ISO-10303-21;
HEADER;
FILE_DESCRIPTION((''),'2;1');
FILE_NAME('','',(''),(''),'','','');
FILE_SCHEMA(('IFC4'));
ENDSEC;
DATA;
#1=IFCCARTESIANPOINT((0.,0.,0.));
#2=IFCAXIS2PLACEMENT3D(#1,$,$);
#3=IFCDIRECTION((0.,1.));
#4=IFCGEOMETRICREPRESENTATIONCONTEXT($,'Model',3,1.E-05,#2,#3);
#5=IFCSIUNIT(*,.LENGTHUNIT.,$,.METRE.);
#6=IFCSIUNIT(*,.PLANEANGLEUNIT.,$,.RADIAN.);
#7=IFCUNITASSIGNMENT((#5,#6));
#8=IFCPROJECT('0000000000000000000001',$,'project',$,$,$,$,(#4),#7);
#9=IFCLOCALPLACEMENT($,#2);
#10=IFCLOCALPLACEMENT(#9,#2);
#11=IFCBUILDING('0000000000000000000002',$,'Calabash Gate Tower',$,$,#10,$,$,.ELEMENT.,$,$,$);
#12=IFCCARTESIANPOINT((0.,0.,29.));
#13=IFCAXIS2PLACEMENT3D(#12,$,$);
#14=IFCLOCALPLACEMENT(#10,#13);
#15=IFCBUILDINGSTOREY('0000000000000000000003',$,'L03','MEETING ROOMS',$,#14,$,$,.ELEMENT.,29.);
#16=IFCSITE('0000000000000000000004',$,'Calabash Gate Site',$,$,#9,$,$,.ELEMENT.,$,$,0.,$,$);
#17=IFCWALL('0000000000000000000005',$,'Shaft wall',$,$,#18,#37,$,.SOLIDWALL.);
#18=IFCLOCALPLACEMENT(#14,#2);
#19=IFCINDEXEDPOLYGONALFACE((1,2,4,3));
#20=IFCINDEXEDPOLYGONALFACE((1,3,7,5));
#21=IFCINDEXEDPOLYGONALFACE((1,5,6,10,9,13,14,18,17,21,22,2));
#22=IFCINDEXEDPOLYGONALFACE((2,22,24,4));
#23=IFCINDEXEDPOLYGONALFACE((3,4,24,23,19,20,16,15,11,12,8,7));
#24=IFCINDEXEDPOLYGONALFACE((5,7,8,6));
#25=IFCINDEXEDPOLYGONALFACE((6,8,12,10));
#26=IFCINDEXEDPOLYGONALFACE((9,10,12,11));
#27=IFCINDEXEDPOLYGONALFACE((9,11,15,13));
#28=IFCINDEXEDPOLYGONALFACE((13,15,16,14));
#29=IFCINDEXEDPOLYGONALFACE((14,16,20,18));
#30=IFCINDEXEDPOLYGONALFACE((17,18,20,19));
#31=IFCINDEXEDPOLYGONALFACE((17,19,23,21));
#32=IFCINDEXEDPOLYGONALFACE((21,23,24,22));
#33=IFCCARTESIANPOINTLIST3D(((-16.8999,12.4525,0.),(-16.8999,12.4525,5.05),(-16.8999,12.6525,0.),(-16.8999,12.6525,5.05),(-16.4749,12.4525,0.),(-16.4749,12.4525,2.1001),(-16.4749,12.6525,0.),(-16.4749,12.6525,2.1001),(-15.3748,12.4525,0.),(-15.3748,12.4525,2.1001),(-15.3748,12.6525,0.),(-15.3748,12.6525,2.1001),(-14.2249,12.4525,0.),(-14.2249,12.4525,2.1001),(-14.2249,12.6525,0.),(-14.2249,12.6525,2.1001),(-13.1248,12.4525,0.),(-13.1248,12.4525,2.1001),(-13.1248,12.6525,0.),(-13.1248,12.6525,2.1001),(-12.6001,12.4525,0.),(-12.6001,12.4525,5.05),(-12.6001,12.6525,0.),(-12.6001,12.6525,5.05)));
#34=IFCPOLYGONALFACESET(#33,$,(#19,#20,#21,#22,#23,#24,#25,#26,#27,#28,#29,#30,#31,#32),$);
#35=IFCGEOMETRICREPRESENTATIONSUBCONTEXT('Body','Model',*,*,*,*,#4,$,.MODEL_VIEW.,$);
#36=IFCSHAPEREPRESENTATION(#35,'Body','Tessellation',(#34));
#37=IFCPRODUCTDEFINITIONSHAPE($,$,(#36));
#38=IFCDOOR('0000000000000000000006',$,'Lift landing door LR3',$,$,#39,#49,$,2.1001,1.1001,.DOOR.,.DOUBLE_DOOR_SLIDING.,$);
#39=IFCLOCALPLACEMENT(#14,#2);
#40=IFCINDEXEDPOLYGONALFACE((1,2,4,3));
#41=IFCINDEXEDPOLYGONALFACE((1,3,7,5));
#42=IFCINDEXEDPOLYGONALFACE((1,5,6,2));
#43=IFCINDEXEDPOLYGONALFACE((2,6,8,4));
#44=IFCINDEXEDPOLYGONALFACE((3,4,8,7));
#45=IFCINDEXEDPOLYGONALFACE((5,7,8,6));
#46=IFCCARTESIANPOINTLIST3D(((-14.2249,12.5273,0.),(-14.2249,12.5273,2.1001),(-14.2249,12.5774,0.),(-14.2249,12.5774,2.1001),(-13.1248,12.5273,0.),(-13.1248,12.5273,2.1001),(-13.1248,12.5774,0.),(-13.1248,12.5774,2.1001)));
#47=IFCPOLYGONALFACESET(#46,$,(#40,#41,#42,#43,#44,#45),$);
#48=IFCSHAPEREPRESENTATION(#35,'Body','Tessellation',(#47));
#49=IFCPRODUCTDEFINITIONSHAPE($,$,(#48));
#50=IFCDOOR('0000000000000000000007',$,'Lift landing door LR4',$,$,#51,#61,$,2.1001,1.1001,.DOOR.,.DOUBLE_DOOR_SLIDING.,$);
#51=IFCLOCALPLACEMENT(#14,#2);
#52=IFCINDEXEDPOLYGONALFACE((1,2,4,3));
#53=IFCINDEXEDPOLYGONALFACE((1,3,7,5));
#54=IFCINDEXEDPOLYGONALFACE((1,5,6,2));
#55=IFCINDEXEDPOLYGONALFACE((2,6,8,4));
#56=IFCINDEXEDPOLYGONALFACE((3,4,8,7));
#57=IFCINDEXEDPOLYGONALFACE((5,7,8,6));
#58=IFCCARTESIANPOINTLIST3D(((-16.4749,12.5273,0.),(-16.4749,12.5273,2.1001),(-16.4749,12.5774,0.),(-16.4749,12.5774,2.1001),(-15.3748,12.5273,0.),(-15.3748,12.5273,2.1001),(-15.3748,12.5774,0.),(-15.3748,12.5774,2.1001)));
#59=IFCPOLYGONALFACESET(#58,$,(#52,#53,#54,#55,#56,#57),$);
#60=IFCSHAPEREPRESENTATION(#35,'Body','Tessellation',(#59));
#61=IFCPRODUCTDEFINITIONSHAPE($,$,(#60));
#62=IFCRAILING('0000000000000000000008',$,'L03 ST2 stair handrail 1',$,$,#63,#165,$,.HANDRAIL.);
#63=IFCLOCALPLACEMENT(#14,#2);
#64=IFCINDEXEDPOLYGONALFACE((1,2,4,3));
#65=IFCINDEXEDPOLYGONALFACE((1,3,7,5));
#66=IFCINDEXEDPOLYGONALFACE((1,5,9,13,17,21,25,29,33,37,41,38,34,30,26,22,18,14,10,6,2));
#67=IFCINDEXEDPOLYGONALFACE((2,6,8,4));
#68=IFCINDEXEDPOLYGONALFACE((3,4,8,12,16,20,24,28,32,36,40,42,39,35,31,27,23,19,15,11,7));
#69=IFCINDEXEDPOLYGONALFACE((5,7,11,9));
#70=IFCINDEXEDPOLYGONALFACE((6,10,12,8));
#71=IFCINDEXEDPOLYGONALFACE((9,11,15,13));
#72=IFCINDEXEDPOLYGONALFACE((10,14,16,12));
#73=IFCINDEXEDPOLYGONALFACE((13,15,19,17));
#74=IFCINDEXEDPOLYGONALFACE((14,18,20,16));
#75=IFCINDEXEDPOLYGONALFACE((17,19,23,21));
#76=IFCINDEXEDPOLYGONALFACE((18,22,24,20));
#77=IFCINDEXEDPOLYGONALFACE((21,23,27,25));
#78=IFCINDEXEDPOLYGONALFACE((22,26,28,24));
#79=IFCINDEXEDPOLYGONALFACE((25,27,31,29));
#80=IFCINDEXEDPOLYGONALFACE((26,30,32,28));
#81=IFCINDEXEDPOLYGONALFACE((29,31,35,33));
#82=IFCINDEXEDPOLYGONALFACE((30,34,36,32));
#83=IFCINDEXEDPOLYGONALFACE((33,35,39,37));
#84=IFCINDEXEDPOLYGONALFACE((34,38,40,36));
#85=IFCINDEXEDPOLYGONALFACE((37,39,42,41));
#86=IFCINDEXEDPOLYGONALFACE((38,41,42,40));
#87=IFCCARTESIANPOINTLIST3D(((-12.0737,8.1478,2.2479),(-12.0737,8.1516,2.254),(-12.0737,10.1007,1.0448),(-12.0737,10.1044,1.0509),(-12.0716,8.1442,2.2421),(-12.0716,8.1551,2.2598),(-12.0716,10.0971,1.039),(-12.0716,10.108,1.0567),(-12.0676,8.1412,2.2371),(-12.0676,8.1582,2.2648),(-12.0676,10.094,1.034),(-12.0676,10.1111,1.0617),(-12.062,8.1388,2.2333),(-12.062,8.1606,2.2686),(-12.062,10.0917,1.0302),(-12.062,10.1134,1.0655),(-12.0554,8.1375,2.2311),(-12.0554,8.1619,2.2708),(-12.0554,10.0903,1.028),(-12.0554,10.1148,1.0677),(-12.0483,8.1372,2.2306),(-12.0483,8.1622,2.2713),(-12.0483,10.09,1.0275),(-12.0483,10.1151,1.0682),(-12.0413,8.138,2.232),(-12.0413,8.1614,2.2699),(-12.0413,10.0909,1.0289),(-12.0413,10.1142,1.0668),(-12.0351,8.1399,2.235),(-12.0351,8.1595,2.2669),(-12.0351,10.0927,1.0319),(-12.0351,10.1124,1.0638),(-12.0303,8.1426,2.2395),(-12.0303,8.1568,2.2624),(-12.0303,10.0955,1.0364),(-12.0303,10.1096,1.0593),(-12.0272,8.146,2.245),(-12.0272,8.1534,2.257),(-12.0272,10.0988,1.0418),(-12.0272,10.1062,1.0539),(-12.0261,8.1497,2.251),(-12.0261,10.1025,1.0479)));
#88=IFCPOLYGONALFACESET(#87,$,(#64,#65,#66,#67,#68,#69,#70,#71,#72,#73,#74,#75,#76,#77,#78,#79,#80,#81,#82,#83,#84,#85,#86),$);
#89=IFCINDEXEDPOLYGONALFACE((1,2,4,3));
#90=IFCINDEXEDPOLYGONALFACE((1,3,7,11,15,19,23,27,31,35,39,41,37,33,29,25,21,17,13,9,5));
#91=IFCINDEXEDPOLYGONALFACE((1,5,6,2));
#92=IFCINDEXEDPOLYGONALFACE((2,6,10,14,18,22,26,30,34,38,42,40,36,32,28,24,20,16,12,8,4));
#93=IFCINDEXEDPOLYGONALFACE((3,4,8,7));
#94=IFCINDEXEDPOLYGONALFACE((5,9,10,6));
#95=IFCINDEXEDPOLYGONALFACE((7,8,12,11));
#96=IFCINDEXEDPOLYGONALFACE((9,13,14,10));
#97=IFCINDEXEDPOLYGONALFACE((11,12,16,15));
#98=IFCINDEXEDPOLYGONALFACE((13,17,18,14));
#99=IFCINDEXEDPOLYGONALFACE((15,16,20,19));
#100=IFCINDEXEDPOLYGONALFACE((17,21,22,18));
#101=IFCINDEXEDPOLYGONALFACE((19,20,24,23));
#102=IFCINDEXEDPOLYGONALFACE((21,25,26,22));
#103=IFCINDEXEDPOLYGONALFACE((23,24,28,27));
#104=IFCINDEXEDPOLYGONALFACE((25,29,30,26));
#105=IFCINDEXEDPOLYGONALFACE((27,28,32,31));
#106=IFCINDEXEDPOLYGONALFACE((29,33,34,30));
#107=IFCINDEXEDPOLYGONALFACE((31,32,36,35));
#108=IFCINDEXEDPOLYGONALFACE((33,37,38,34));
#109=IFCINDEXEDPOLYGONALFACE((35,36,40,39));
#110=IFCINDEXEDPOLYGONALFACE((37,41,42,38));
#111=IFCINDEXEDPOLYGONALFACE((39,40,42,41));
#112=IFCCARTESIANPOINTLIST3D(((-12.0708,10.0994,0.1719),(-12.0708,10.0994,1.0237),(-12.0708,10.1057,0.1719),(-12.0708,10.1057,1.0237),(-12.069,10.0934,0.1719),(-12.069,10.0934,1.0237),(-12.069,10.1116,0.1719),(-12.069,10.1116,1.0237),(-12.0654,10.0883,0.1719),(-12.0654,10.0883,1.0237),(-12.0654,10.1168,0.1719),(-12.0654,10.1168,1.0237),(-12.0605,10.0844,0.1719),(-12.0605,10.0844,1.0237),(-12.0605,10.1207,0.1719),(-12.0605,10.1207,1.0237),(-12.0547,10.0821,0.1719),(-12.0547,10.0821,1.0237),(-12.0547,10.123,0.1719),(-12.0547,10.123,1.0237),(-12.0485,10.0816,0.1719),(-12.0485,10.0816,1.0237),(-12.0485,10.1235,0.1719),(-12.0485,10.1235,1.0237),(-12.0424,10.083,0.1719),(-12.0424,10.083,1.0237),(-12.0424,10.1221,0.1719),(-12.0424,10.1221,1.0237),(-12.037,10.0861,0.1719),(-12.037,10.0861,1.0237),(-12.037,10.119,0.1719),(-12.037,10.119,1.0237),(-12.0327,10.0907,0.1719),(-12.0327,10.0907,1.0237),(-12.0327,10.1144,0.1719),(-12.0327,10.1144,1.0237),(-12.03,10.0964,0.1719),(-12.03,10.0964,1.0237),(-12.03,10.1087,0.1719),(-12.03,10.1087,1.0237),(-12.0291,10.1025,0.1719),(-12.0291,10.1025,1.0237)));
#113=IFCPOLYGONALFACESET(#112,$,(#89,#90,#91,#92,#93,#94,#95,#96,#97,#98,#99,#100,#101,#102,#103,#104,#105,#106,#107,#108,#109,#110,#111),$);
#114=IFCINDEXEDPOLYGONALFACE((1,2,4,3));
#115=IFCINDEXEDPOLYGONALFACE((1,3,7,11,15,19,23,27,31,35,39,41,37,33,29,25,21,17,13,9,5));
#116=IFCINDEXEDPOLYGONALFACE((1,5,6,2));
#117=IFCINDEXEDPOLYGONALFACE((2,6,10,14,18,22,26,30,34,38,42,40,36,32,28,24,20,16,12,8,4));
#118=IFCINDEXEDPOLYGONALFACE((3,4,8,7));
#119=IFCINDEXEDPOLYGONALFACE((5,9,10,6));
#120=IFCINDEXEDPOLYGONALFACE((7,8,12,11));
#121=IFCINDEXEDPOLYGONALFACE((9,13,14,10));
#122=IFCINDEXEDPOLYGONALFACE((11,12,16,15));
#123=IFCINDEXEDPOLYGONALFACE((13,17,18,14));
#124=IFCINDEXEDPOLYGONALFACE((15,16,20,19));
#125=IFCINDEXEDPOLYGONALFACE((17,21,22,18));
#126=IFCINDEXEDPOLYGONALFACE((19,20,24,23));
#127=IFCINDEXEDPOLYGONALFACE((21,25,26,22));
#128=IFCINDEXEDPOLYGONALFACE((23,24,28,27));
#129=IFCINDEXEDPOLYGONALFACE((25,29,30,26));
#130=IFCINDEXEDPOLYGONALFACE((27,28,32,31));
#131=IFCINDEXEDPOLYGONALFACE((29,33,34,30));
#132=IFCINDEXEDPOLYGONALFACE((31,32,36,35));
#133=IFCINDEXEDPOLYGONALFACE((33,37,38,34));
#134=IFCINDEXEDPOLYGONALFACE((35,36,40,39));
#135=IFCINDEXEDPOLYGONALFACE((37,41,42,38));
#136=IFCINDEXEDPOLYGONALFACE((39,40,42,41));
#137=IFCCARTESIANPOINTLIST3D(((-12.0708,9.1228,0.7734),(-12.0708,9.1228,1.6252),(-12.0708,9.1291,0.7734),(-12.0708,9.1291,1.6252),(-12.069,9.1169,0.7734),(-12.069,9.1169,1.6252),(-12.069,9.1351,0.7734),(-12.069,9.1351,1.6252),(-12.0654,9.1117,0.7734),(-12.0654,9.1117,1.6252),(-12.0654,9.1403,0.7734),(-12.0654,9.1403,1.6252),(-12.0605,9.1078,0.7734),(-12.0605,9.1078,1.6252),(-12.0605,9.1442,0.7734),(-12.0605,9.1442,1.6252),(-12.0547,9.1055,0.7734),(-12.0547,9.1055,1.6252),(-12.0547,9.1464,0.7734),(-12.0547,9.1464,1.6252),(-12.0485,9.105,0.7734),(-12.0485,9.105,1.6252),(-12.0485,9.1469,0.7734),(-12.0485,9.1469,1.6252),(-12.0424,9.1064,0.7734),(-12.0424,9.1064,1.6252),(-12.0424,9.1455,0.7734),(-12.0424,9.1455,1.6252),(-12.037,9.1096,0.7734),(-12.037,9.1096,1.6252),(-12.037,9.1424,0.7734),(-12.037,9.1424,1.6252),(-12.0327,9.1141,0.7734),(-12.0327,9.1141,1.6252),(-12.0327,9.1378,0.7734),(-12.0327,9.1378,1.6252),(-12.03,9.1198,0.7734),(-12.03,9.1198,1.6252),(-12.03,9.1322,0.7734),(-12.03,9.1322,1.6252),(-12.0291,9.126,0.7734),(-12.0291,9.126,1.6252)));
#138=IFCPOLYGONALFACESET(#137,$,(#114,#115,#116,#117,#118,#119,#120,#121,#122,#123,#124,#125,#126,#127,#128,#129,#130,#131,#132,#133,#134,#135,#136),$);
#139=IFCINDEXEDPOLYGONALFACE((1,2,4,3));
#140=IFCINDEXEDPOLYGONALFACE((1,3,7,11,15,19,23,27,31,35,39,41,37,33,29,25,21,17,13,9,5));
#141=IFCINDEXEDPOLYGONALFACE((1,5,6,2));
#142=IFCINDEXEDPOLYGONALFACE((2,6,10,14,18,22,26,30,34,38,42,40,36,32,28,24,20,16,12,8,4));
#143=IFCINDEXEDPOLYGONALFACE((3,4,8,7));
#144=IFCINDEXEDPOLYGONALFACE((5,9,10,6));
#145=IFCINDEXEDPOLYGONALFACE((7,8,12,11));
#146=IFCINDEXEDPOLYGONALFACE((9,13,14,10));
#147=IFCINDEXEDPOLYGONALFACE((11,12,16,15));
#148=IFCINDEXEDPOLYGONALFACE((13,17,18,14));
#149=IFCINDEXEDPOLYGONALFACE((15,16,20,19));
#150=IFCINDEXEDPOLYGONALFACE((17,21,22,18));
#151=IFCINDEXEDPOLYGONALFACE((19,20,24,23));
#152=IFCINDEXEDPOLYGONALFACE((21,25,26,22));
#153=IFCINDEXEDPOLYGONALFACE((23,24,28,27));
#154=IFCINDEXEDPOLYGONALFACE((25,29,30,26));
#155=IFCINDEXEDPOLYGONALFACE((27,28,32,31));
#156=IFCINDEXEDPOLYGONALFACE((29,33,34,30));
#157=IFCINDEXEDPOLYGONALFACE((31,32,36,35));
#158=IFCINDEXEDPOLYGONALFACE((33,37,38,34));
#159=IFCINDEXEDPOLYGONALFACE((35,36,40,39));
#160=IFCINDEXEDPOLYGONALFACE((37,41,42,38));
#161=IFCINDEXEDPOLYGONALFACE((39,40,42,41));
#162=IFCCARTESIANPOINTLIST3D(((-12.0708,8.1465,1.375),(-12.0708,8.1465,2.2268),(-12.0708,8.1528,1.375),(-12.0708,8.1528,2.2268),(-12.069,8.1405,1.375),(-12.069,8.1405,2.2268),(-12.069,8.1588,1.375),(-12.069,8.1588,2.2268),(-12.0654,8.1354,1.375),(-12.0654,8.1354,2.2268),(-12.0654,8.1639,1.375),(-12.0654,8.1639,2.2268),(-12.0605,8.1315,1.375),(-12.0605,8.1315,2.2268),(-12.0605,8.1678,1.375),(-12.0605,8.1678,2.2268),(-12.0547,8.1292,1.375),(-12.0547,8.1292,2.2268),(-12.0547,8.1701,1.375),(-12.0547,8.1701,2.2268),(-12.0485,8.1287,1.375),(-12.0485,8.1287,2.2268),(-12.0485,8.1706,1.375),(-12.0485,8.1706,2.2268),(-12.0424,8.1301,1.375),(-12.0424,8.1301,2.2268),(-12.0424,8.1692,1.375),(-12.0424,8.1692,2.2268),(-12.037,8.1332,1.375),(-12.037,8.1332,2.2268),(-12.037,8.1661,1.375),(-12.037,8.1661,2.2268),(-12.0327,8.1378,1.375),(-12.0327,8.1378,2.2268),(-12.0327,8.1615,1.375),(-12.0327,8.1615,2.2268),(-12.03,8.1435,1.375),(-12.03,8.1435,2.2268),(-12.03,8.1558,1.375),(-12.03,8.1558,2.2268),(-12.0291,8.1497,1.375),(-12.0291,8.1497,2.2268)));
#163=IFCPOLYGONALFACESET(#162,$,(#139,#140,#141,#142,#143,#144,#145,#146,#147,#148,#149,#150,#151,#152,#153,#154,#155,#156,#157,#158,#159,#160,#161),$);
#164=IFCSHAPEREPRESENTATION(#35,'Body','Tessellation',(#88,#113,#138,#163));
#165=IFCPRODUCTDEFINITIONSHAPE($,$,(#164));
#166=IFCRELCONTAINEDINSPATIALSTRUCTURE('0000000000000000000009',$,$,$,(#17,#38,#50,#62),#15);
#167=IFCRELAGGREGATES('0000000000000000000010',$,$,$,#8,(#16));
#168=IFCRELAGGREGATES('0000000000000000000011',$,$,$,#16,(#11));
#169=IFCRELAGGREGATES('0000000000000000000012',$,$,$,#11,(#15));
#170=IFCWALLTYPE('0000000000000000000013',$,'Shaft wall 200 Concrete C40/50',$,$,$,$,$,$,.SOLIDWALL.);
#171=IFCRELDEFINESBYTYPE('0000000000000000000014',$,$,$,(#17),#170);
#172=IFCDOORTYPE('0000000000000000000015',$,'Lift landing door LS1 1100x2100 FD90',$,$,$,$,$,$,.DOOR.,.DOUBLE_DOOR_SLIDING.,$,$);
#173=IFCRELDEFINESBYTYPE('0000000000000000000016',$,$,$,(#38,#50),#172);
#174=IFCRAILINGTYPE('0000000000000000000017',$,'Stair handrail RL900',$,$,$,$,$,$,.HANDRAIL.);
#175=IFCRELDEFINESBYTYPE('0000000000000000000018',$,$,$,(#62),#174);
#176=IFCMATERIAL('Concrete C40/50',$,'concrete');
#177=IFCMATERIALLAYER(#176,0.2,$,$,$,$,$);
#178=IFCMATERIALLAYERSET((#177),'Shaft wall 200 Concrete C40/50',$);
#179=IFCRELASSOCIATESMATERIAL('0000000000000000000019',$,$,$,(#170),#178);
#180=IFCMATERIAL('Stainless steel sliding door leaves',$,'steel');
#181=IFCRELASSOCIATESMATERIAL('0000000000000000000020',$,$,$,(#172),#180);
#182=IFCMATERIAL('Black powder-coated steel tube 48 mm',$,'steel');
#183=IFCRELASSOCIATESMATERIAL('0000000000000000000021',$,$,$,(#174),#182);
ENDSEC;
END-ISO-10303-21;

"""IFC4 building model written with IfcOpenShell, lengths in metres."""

from ifc_helpers import new_model, si_unit, direction, frame, frame_2d, origin, origin_2d, place, context, subcontext, project, spatial, rectangle, circle, extrude, material, layer, layer_set, type_object, element, fill, save


model = new_model("IFC4")

# Units and contexts
model_context = context("Model", 3, precision=1e-05, world=origin(), true_north=direction((0.0, 1.0)))
body_context = subcontext(model_context, "Body", "Model", "MODEL_VIEW")
ifc_project = project(units=[si_unit("LENGTHUNIT", "METRE"), si_unit("PLANEANGLEUNIT", "RADIAN")], contexts=[model_context])

# Site, building, storey
site_placement = place(None, origin())
site = spatial("IfcSite", under=ifc_project, at=site_placement, Name="Calabash Gate Site", CompositionType="ELEMENT", RefElevation=0.0)
building_placement = place(site_placement, origin())
building = spatial("IfcBuilding", under=site, at=building_placement, Name="Calabash Gate Tower", CompositionType="ELEMENT")
storey_placement = place(building_placement, frame((0.0, 0.0, 29.0)))
storey = spatial("IfcBuildingStorey", under=building, at=storey_placement, Name="L03", Description="MEETING ROOMS", CompositionType="ELEMENT", Elevation=29.0)

# Shared definitions
ifc_material_1 = material(Name="Concrete C40/50", Category="concrete")
ifc_layer_1 = layer(ifc_material_1, 0.2)
ifc_layer_set_1 = layer_set([ifc_layer_1], Name="Shaft wall 200 Concrete C40/50")
wall_type_1 = type_object("IfcWallType", Name="Shaft wall 200 Concrete C40/50", PredefinedType="SOLIDWALL", material=ifc_layer_set_1)

# Shared definitions
ifc_material_2 = material(Name="Stainless steel sliding door leaves", Category="steel")
door_type_1 = type_object("IfcDoorType", Name="Lift landing door LS1 1100x2100 FD90", OperationType="DOUBLE_DOOR_SLIDING", PredefinedType="DOOR", material=ifc_material_2)

# Wall, openings, doors
wall_1_placement = place(storey_placement, frame((-16.8999, 12.5525, 0.0), z_axis=(0.0, 0.0, 1.0), x_axis=(1.0, 0.0, 0.0)))
wall_1 = element("IfcWall", 1, at=wall_1_placement, inside=storey, type_object=wall_type_1, Name="Shaft wall", PredefinedType="SOLIDWALL", context=body_context, shape_type="SweptSolid", body=[
    extrude(rectangle(XDim=4.2998, YDim=0.2, at=frame_2d((2.1499, 0.0))), origin(), (0.0, 0.0, 1.0), 5.05),
])
opening_1_placement = place(wall_1_placement, frame((2.675, 0.0, 0.0)))
opening_1 = element("IfcOpeningElement", 2, at=opening_1_placement, cuts=wall_1, PredefinedType="OPENING", context=body_context, shape_type="SweptSolid", body=[
    extrude(rectangle(XDim=1.1001, YDim=2.1001, at=frame_2d((0.55, 1.05))), frame((0.0, 0.1099, 0.0), z_axis=(0.0, -1.0, 0.0), x_axis=(1.0, 0.0, 0.0)), (0.0, 0.0, 1.0), 0.22),
])
opening_2_placement = place(wall_1_placement, frame((0.425, 0.0, 0.0)))
opening_2 = element("IfcOpeningElement", 3, at=opening_2_placement, cuts=wall_1, PredefinedType="OPENING", context=body_context, shape_type="SweptSolid", body=[
    extrude(rectangle(XDim=1.1001, YDim=2.1001, at=frame_2d((0.55, 1.05))), frame((0.0, 0.1099, 0.0), z_axis=(0.0, -1.0, 0.0), x_axis=(1.0, 0.0, 0.0)), (0.0, 0.0, 1.0), 0.22),
])
door_1_placement = place(opening_1_placement, origin())
door_1 = element("IfcDoor", 4, at=door_1_placement, inside=storey, type_object=door_type_1, Name="Lift landing door LR3", OperationType="DOUBLE_DOOR_SLIDING", OverallHeight=2.1001, OverallWidth=1.1001, PredefinedType="DOOR", context=body_context, shape_type="SweptSolid", body=[
    extrude(rectangle(XDim=1.1001, YDim=2.1001, at=frame_2d((0.55, 1.05))), frame((0.0, 0.0249, 0.0), z_axis=(0.0, -1.0, 0.0), x_axis=(1.0, 0.0, 0.0)), (0.0, 0.0, 1.0), 0.05),
])
fill(opening_1, door_1)
door_2_placement = place(opening_2_placement, origin())
door_2 = element("IfcDoor", 5, at=door_2_placement, inside=storey, type_object=door_type_1, Name="Lift landing door LR4", OperationType="DOUBLE_DOOR_SLIDING", OverallHeight=2.1001, OverallWidth=1.1001, PredefinedType="DOOR", context=body_context, shape_type="SweptSolid", body=[
    extrude(rectangle(XDim=1.1001, YDim=2.1001, at=frame_2d((0.55, 1.05))), frame((0.0, 0.0249, 0.0), z_axis=(0.0, -1.0, 0.0), x_axis=(1.0, 0.0, 0.0)), (0.0, 0.0, 1.0), 0.05),
])
fill(opening_2, door_2)

# Railing
ifc_material_3 = material(Name="Black powder-coated steel tube 48 mm", Category="steel")
railing_type_1 = type_object("IfcRailingType", Name="Stair handrail RL900", PredefinedType="HANDRAIL", material=ifc_material_3)
railing_1_placement = place(storey_placement, frame((-12.05, 10.1025, 0.1719)))
element("IfcRailing", 6, at=railing_1_placement, inside=storey, type_object=railing_type_1, Name="L03 ST2 stair handrail 1", PredefinedType="HANDRAIL", context=body_context, shape_type="SweptSolid", body=[
    extrude(circle(Radius=0.0239, at=origin_2d()), frame((0.0, 0.0, 0.876), z_axis=(0.0, -0.851395, 0.524525), x_axis=(1.0, 0.0, 0.0)), (0.0, 0.0, 1.0), 2.2937),
    extrude(circle(Radius=0.021, at=origin_2d()), origin(), (0.0, 0.0, 1.0), 0.8518),
    extrude(circle(Radius=0.021, at=origin_2d()), frame((0.0, -0.9766, 0.6016)), (0.0, 0.0, 1.0), 0.8518),
    extrude(circle(Radius=0.021, at=origin_2d()), frame((0.0, -1.9529, 1.2031)), (0.0, 0.0, 1.0), 0.8518),
])

save(model, "model.ifc")
